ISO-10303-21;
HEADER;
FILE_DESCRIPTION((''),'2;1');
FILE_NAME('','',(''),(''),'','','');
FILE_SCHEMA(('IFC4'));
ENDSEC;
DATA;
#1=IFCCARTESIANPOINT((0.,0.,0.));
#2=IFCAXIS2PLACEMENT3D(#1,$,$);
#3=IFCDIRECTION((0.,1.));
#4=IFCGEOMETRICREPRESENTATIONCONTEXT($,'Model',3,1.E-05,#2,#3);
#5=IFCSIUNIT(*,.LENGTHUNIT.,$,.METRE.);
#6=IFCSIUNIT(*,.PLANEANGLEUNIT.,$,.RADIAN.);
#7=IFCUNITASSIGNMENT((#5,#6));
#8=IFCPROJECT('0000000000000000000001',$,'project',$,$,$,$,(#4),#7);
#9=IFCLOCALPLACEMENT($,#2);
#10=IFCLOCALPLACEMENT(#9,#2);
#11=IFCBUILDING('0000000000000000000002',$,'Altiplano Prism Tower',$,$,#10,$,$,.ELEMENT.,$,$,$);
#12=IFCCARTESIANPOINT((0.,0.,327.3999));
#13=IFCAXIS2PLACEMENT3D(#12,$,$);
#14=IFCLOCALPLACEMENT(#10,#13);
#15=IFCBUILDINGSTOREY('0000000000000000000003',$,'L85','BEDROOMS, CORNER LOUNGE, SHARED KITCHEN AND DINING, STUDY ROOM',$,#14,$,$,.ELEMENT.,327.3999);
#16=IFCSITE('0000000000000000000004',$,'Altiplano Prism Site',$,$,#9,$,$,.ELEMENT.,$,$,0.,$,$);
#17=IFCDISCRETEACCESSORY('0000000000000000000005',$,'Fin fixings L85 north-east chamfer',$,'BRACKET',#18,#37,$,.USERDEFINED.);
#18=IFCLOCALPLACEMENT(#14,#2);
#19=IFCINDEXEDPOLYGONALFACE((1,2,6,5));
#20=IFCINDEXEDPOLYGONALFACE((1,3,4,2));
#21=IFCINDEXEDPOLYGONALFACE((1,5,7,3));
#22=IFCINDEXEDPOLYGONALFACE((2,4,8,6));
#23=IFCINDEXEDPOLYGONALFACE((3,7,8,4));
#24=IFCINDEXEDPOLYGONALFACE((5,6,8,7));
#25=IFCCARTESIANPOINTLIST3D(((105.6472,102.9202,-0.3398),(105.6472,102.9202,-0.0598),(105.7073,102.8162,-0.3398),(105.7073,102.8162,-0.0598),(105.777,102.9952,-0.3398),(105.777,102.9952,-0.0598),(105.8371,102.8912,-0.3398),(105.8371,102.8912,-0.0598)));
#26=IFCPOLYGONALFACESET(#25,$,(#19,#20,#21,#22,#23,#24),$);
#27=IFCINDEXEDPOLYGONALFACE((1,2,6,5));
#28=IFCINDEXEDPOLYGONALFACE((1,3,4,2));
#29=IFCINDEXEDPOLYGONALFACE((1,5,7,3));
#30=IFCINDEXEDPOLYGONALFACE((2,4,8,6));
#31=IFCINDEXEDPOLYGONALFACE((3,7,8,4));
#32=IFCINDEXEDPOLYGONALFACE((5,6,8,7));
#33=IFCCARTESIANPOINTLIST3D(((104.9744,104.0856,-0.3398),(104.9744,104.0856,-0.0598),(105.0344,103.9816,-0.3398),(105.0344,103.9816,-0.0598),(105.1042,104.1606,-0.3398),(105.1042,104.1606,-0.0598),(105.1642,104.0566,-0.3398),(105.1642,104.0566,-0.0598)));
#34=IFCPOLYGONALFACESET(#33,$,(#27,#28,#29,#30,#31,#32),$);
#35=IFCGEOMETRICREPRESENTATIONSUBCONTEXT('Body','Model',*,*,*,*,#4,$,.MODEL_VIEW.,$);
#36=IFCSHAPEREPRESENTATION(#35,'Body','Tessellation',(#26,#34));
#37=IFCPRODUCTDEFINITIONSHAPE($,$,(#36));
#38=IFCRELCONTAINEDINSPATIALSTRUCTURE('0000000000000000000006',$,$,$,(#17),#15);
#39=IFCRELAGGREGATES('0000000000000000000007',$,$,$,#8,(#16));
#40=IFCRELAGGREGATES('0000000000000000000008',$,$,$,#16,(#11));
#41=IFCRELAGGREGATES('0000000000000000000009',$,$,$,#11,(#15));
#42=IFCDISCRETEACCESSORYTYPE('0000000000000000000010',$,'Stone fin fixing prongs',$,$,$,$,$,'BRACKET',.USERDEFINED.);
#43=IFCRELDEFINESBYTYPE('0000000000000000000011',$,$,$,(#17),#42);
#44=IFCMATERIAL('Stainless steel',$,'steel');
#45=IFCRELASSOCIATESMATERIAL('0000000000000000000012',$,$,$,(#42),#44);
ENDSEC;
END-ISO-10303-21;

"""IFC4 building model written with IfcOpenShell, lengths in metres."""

from ifc_helpers import new_model, si_unit, direction, frame, origin, place, context, subcontext, project, spatial, polyline, outline, extrude, source, transform, mapped, material, type_object, element, save


model = new_model("IFC4")

# Units and contexts
model_context = context("Model", 3, precision=1e-05, world=origin(), true_north=direction((0.0, 1.0)))
body_context = subcontext(model_context, "Body", "Model", "MODEL_VIEW")
ifc_project = project(units=[si_unit("LENGTHUNIT", "METRE"), si_unit("PLANEANGLEUNIT", "RADIAN")], contexts=[model_context])

# Site, building, storey
site_placement = place(None, origin())
site = spatial("IfcSite", under=ifc_project, at=site_placement, Name="Altiplano Prism Site", CompositionType="ELEMENT", RefElevation=0.0)
building_placement = place(site_placement, origin())
building = spatial("IfcBuilding", under=site, at=building_placement, Name="Altiplano Prism Tower", CompositionType="ELEMENT")
storey_placement = place(building_placement, frame((0.0, 0.0, 327.3999)))
storey = spatial("IfcBuildingStorey", under=building, at=storey_placement, Name="L85", Description="BEDROOMS, CORNER LOUNGE, SHARED KITCHEN AND DINING, STUDY ROOM", CompositionType="ELEMENT", Elevation=327.3999)

# Discrete accessory
ifc_material_1 = material(Name="Stainless steel", Category="steel")
discrete_accessory_type = type_object("IfcDiscreteAccessoryType", Name="Stone fin fixing prongs", ElementType="BRACKET", PredefinedType="USERDEFINED", material=ifc_material_1)
shared_shape_1 = source(origin(), body_context, "Body", "SweptSolid", [
    extrude(outline(polyline([(-0.7329, 0.0601), (-0.6128, 0.0601), (-0.6128, 0.3401), (-0.7329, 0.3401), (-0.7329, 0.0601)])), frame((0.0, 0.0, 0.0), z_axis=(0.0, -1.0, 0.0), x_axis=(1.0, 0.0, 0.0)), (0.0, 0.0, 1.0), 0.1499),
    extrude(outline(polyline([(0.6128, 0.0601), (0.7329, 0.0601), (0.7329, 0.3401), (0.6128, 0.3401), (0.6128, 0.0601)])), frame((0.0, 0.0, 0.0), z_axis=(0.0, -1.0, 0.0), x_axis=(1.0, 0.0, 0.0)), (0.0, 0.0, 1.0), 0.1499),
])
discrete_accessory_1_placement = place(storey_placement, origin())
element("IfcDiscreteAccessory", 1, at=discrete_accessory_1_placement, inside=storey, type_object=discrete_accessory_type, Name="Fin fixings L85 north-east chamfer", ObjectType="BRACKET", PredefinedType="USERDEFINED", context=body_context, shape_type="MappedRepresentation", body=[
    mapped(shared_shape_1, transform((105.3408, 103.4509, -0.3999), x_axis=(-0.5, 0.866025, 0.0), y_axis=(-0.866025, -0.5, 0.0), z_axis=(0.0, 0.0, 1.0))),
])

save(model, "model.ifc")
